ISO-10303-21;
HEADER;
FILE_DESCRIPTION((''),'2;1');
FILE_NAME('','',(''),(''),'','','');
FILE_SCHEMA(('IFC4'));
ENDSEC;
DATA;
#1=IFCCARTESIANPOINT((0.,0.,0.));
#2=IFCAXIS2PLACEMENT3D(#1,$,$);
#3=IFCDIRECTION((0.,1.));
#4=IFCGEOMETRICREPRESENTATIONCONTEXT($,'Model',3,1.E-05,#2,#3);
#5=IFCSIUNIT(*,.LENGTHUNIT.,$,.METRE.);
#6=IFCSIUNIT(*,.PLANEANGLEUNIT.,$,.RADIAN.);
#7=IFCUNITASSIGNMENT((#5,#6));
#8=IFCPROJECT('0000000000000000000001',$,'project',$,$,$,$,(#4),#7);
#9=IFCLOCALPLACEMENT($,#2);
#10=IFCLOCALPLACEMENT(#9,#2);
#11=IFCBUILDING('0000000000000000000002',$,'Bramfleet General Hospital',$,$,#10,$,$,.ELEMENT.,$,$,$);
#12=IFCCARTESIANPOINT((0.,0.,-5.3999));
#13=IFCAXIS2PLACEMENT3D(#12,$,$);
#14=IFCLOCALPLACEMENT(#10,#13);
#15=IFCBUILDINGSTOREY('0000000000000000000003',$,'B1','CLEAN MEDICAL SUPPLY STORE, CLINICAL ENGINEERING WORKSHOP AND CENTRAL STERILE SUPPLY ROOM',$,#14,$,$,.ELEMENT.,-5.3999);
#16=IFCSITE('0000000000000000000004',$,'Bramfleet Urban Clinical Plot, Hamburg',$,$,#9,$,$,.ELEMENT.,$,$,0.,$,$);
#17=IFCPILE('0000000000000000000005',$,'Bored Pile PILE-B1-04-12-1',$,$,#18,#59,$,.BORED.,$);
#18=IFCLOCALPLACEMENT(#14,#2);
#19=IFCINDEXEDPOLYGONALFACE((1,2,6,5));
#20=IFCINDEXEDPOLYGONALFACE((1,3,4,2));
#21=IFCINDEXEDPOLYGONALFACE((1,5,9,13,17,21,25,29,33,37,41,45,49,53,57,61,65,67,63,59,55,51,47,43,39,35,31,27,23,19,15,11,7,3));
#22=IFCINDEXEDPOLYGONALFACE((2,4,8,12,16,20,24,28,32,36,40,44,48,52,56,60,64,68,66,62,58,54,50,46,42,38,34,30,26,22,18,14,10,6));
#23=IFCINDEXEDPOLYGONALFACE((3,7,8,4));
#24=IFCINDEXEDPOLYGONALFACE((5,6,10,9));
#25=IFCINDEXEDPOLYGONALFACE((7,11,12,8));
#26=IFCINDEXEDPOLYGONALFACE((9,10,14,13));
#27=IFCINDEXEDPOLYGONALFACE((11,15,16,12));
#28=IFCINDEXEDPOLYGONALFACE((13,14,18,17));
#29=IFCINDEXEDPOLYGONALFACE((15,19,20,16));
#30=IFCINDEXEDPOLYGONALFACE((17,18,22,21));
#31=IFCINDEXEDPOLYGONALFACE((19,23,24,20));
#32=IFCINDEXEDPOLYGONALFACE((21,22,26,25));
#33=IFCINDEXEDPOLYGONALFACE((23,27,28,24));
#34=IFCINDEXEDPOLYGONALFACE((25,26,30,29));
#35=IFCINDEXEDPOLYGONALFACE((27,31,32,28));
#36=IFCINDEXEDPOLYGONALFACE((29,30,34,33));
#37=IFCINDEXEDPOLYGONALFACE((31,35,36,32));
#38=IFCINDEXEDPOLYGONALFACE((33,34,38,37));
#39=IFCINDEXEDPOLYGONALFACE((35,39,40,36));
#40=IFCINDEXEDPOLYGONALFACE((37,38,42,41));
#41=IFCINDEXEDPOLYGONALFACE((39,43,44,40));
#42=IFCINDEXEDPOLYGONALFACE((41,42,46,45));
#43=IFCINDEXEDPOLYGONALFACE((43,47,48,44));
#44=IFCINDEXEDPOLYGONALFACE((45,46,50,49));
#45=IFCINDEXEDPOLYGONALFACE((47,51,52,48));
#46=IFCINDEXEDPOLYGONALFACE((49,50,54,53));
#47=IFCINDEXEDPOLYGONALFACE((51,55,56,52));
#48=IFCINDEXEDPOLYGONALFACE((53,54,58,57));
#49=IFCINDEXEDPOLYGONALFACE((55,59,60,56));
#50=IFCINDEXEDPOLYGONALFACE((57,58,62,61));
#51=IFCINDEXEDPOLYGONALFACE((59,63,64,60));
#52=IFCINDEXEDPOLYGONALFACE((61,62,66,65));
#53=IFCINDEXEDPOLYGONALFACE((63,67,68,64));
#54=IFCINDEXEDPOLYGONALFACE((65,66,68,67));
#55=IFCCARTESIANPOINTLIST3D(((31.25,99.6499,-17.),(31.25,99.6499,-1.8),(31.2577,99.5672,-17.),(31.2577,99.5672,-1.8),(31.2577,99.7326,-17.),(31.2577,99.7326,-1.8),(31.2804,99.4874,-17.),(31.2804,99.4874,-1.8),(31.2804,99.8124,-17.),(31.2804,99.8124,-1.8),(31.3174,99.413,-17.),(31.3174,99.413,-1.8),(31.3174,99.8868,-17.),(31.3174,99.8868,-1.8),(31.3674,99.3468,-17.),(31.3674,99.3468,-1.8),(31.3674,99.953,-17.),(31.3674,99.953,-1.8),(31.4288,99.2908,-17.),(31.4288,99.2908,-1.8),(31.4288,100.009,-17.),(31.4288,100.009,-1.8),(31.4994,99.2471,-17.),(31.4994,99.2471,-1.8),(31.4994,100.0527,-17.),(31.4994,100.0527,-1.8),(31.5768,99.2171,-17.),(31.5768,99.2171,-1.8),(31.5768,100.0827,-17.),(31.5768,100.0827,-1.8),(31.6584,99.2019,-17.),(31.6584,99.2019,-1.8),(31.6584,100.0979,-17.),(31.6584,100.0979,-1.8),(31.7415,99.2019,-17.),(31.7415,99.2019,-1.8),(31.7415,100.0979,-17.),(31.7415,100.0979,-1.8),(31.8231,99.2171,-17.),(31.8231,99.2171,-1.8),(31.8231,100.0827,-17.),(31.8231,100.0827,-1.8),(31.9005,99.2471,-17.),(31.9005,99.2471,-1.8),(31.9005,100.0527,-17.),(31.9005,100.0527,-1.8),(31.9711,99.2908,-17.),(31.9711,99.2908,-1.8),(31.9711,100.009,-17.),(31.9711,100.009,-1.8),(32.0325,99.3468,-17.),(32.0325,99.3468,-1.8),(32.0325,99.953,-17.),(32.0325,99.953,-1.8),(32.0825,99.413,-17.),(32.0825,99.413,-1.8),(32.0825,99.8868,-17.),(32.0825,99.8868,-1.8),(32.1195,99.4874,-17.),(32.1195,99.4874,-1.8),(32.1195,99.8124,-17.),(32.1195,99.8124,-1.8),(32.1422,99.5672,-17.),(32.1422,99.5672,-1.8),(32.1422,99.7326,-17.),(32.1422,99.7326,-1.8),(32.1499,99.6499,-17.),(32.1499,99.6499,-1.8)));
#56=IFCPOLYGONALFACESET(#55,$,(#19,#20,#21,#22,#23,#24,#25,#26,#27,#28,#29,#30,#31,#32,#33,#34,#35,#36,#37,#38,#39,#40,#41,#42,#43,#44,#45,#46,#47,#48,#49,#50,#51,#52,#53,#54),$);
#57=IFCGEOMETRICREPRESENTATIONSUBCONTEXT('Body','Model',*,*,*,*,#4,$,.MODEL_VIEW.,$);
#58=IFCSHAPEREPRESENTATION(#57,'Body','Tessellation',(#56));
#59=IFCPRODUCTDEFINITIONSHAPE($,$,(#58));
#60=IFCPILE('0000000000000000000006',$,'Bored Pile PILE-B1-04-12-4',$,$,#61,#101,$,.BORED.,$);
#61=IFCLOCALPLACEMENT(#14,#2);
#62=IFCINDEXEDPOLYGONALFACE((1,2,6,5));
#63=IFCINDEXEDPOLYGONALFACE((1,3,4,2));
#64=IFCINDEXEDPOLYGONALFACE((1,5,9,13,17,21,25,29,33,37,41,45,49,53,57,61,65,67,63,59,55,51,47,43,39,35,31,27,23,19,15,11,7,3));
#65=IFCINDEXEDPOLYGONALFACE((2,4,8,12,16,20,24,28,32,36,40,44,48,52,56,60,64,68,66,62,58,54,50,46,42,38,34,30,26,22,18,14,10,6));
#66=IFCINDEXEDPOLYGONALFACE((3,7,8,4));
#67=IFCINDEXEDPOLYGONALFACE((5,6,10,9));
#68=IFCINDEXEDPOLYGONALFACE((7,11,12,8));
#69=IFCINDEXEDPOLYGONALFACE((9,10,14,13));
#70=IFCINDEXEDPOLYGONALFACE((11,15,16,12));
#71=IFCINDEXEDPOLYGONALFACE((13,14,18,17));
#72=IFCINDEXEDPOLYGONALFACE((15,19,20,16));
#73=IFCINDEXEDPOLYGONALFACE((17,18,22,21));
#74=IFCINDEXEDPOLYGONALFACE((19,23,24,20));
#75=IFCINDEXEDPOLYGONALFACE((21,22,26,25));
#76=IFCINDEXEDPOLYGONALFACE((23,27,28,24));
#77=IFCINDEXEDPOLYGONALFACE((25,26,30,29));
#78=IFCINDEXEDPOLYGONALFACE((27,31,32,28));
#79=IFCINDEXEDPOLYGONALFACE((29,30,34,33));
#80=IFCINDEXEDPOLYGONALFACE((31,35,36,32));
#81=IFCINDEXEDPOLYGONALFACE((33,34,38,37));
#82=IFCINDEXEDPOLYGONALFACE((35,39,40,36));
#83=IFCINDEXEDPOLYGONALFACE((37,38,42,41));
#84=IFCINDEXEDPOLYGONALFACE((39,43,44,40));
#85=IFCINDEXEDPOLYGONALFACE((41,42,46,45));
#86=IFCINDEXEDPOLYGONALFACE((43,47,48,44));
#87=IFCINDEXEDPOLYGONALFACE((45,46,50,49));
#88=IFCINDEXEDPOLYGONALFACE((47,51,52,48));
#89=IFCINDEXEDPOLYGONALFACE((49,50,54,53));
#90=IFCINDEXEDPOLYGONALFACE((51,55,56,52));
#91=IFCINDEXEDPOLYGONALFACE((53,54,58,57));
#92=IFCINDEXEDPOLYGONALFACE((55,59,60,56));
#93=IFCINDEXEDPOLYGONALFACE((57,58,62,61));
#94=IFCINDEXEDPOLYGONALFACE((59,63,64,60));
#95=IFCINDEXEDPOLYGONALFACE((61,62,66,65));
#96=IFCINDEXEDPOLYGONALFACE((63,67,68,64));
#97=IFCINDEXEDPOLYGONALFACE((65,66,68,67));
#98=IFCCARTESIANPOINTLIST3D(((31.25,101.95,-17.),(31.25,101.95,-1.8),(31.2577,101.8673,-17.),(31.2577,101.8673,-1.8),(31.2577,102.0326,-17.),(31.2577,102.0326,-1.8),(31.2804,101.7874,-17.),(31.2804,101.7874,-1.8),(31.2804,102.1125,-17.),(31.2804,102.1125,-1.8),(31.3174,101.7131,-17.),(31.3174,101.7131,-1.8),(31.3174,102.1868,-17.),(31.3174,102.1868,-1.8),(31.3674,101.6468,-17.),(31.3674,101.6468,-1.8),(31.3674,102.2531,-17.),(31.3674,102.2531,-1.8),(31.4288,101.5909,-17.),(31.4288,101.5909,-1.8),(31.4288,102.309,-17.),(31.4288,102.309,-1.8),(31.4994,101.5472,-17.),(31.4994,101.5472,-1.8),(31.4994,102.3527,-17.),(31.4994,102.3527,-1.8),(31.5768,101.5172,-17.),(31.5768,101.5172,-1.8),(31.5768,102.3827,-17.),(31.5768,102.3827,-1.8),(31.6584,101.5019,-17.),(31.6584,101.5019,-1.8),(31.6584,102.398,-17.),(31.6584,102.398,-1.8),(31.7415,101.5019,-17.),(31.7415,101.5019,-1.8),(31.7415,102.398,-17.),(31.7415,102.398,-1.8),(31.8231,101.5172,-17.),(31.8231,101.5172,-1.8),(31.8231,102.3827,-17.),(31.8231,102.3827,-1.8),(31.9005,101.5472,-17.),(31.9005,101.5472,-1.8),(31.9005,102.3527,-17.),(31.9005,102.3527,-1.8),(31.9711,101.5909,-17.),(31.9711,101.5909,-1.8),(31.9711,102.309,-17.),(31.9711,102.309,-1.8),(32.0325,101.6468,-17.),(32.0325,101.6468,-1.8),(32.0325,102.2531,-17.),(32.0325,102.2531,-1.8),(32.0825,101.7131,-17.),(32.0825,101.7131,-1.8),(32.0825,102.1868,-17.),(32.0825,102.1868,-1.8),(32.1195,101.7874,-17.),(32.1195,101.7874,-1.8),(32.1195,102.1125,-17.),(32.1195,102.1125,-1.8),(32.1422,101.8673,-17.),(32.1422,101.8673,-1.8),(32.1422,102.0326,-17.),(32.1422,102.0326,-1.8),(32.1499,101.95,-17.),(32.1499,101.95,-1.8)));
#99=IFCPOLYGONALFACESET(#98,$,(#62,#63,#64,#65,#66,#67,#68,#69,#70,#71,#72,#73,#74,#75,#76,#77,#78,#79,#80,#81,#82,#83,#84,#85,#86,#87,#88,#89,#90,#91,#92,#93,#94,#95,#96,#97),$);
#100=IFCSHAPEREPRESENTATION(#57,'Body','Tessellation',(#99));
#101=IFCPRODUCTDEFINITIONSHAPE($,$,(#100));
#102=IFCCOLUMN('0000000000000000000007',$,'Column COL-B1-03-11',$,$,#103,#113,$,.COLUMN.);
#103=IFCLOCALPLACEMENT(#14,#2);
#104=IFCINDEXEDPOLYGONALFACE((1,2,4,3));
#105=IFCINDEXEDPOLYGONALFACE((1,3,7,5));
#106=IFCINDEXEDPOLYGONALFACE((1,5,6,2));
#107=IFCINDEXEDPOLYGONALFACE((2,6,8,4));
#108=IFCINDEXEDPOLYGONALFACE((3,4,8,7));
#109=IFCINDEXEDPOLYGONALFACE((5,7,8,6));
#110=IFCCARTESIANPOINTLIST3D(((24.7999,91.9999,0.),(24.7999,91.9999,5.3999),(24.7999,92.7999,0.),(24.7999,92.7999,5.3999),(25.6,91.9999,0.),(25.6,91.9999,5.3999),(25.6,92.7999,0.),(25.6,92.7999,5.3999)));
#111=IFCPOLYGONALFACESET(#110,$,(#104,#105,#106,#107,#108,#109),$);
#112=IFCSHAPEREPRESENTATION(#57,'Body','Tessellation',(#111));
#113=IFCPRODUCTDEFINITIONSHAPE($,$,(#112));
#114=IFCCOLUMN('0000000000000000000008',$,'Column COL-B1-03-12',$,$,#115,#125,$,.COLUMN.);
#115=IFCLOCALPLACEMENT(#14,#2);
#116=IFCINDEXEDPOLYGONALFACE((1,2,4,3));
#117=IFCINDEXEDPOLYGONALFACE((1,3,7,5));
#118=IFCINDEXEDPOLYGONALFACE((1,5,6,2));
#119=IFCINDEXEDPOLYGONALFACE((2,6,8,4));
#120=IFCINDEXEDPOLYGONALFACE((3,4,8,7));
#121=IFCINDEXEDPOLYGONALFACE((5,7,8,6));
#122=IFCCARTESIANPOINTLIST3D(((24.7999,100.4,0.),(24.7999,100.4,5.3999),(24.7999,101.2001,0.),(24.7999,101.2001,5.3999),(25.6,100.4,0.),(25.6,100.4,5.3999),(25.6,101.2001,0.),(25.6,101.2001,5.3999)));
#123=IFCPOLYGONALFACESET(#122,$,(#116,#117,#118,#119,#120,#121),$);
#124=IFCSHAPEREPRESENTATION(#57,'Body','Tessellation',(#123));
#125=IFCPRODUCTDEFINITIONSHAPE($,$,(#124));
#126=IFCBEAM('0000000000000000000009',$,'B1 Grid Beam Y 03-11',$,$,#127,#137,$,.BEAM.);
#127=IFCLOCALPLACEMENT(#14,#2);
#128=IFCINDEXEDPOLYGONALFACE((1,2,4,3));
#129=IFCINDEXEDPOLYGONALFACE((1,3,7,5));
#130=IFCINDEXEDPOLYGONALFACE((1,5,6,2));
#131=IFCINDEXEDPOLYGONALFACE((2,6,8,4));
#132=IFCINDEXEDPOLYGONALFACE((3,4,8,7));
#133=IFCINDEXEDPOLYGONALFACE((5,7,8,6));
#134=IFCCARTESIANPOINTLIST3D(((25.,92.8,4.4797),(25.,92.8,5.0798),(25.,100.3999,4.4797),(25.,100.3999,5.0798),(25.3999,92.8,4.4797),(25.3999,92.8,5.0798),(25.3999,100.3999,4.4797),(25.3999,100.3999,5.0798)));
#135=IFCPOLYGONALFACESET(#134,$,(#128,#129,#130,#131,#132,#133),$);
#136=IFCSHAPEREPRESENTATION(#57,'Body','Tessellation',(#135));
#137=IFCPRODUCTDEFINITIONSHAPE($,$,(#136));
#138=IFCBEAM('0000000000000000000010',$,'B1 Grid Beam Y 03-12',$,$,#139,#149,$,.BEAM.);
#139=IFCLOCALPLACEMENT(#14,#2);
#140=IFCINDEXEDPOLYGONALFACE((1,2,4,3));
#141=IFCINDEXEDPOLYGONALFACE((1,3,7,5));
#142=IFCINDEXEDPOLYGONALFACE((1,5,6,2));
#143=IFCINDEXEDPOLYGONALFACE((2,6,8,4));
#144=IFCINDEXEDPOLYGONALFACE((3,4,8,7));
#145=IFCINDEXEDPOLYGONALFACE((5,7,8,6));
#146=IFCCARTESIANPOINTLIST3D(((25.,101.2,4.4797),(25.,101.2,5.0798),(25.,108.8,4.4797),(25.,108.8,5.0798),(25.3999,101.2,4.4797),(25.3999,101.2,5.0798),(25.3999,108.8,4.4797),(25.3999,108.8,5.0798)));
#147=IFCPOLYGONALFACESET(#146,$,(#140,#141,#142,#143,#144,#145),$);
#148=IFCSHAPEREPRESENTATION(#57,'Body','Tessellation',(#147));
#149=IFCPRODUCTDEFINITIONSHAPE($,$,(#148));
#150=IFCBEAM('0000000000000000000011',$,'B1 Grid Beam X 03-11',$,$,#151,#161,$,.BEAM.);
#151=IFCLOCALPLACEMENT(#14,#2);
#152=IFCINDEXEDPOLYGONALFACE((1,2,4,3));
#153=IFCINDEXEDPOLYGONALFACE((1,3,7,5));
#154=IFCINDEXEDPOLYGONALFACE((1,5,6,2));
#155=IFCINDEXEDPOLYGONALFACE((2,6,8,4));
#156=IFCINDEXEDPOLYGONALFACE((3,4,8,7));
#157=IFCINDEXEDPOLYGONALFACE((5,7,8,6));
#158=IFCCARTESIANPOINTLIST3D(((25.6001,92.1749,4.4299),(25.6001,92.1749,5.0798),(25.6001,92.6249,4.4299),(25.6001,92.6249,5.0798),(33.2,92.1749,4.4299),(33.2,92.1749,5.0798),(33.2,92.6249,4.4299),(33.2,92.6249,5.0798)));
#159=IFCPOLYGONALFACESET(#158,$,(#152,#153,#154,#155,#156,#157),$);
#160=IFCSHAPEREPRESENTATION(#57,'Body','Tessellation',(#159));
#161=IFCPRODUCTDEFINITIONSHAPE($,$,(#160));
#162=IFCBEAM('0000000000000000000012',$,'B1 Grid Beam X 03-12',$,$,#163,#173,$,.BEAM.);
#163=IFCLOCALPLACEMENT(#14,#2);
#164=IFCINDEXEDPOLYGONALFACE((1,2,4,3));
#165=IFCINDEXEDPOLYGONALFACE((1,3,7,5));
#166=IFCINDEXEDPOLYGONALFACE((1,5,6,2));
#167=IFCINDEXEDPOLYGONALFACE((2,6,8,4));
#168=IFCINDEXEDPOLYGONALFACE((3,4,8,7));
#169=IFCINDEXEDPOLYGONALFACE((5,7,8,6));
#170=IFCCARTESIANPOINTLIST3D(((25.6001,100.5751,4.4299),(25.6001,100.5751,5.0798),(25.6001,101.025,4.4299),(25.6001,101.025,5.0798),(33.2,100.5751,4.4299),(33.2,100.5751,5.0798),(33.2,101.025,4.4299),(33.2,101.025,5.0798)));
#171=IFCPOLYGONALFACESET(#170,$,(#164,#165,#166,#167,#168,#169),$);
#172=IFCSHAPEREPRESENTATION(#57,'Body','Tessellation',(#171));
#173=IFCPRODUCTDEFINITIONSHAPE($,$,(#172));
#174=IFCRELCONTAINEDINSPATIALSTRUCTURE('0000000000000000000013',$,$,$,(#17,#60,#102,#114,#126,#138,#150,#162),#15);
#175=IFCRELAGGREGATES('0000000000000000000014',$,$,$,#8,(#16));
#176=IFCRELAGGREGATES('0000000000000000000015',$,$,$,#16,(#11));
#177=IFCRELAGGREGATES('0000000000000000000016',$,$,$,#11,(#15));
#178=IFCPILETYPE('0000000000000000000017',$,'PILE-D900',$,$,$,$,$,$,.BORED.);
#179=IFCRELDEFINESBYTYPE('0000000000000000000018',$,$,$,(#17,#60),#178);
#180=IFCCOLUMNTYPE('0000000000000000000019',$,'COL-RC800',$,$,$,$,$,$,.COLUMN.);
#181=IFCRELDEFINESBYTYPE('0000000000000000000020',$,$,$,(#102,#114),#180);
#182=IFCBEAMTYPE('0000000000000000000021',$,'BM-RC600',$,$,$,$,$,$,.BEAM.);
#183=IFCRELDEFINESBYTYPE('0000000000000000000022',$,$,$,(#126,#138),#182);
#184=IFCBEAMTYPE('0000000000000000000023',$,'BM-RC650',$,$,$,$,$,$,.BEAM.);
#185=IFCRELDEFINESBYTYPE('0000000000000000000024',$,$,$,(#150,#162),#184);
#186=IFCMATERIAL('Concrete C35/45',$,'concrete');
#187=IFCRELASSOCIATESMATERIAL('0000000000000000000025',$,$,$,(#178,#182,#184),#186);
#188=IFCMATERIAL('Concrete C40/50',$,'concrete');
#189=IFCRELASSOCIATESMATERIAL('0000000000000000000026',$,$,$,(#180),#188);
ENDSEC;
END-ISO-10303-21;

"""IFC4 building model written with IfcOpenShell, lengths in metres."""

from ifc_helpers import new_model, si_unit, direction, frame, origin, origin_2d, place, context, subcontext, project, spatial, rectangle, circle, extrude, material, material_profile, profile_set, type_object, element, save


model = new_model("IFC4")

# Units and contexts
model_context = context("Model", 3, precision=1e-05, world=origin(), true_north=direction((0.0, 1.0)))
body_context = subcontext(model_context, "Body", "Model", "MODEL_VIEW")
ifc_project = project(units=[si_unit("LENGTHUNIT", "METRE"), si_unit("PLANEANGLEUNIT", "RADIAN")], contexts=[model_context])

# Site, building, storey
site_placement = place(None, origin())
site = spatial("IfcSite", under=ifc_project, at=site_placement, Name="Bramfleet Urban Clinical Plot, Hamburg", CompositionType="ELEMENT", RefElevation=0.0)
building_placement = place(site_placement, origin())
building = spatial("IfcBuilding", under=site, at=building_placement, Name="Bramfleet General Hospital", CompositionType="ELEMENT")
storey_placement = place(building_placement, frame((0.0, 0.0, -5.3999)))
storey = spatial("IfcBuildingStorey", under=building, at=storey_placement, Name="B1", Description="CLEAN MEDICAL SUPPLY STORE, CLINICAL ENGINEERING WORKSHOP AND CENTRAL STERILE SUPPLY ROOM", CompositionType="ELEMENT", Elevation=-5.3999)

# Shared definitions
ifc_material_1 = material(Name="Concrete C35/45", Category="concrete")

# Piles
ifc_material_profile_1 = material_profile(ifc_material_1, circle(Radius=0.45, at=origin_2d()), Name="PILE BORED D900")
ifc_profile_set_1 = profile_set([ifc_material_profile_1], Name="Concrete C35/45")
pile_type = type_object("IfcPileType", Name="PILE-D900", PredefinedType="BORED", material=ifc_profile_set_1)
for number, where, z_axis, x_axis, name in (
    (1, (31.7, 99.6499, -1.8), (0.0, 0.0, -1.0), (1.0, 0.0, 0.0), "Bored Pile PILE-B1-04-12-1"),
    (2, (31.7, 101.95, -1.8), (0.0, 0.0, -1.0), (1.0, 0.0, 0.0), "Bored Pile PILE-B1-04-12-4"),
):
    element("IfcPile", number, at=place(storey_placement, frame(where, z_axis=z_axis, x_axis=x_axis)), inside=storey, type_object=pile_type, Name=name, PredefinedType="BORED", context=body_context, shape_type="SweptSolid", body=[
        extrude(circle(Radius=0.45, at=origin_2d()), origin(), (0.0, 0.0, 1.0), 15.2),
    ])

# Columns
ifc_material_2 = material(Name="Concrete C40/50", Category="concrete")
ifc_material_profile_2 = material_profile(ifc_material_2, rectangle(XDim=0.8, YDim=0.8, at=origin_2d()), Name="RC COL 800x800")
ifc_profile_set_2 = profile_set([ifc_material_profile_2], Name="Concrete C40/50")
column_type = type_object("IfcColumnType", Name="COL-RC800", PredefinedType="COLUMN", material=ifc_profile_set_2)
for number, where, z_axis, x_axis, name in (
    (3, (25.2, 92.3999, 0.0), (0.0, 0.0, 1.0), (1.0, 0.0, 0.0), "Column COL-B1-03-11"),
    (4, (25.2, 100.8, 0.0), (0.0, 0.0, 1.0), (1.0, 0.0, 0.0), "Column COL-B1-03-12"),
):
    element("IfcColumn", number, at=place(storey_placement, frame(where, z_axis=z_axis, x_axis=x_axis)), inside=storey, type_object=column_type, Name=name, PredefinedType="COLUMN", context=body_context, shape_type="SweptSolid", body=[
        extrude(rectangle(XDim=0.8, YDim=0.8, at=origin_2d()), origin(), (0.0, 0.0, 1.0), 5.3999),
    ])

# Beams
ifc_material_profile_3 = material_profile(ifc_material_1, rectangle(XDim=0.3999, YDim=0.6001, at=origin_2d()), Name="RC BM 600x400")
ifc_profile_set_3 = profile_set([ifc_material_profile_3], Name="Concrete C35/45")
beam_type_1 = type_object("IfcBeamType", Name="BM-RC600", PredefinedType="BEAM", material=ifc_profile_set_3)
beam_1_placement = place(storey_placement, frame((25.2, 92.8, 4.7798), z_axis=(0.0, 1.0, 0.0), x_axis=(-1.0, 0.0, 0.0)))
element("IfcBeam", 5, at=beam_1_placement, inside=storey, type_object=beam_type_1, Name="B1 Grid Beam Y 03-11", PredefinedType="BEAM", context=body_context, shape_type="SweptSolid", body=[
    extrude(rectangle(XDim=0.3999, YDim=0.6001, at=origin_2d()), origin(), (0.0, 0.0, 1.0), 7.5999),
])
beam_2_placement = place(storey_placement, frame((25.2, 101.2, 4.7798), z_axis=(0.0, 1.0, 0.0), x_axis=(-1.0, 0.0, 0.0)))
element("IfcBeam", 6, at=beam_2_placement, inside=storey, type_object=beam_type_1, Name="B1 Grid Beam Y 03-12", PredefinedType="BEAM", context=body_context, shape_type="SweptSolid", body=[
    extrude(rectangle(XDim=0.3999, YDim=0.6001, at=origin_2d()), origin(), (0.0, 0.0, 1.0), 7.6001),
])
ifc_material_profile_4 = material_profile(ifc_material_1, rectangle(XDim=0.45, YDim=0.6499, at=origin_2d()), Name="RC BM 650x450")
ifc_profile_set_4 = profile_set([ifc_material_profile_4], Name="Concrete C35/45")
beam_type_2 = type_object("IfcBeamType", Name="BM-RC650", PredefinedType="BEAM", material=ifc_profile_set_4)
for number, where, z_axis, x_axis, name in (
    (7, (25.6001, 92.3999, 4.7549), (1.0, 0.0, 0.0), (0.0, 1.0, 0.0), "B1 Grid Beam X 03-11"),
    (8, (25.6001, 100.8, 4.7549), (1.0, 0.0, 0.0), (0.0, 1.0, 0.0), "B1 Grid Beam X 03-12"),
):
    element("IfcBeam", number, at=place(storey_placement, frame(where, z_axis=z_axis, x_axis=x_axis)), inside=storey, type_object=beam_type_2, Name=name, PredefinedType="BEAM", context=body_context, shape_type="SweptSolid", body=[
        extrude(rectangle(XDim=0.45, YDim=0.6499, at=origin_2d()), origin(), (0.0, 0.0, 1.0), 7.5999),
    ])

save(model, "model.ifc")
